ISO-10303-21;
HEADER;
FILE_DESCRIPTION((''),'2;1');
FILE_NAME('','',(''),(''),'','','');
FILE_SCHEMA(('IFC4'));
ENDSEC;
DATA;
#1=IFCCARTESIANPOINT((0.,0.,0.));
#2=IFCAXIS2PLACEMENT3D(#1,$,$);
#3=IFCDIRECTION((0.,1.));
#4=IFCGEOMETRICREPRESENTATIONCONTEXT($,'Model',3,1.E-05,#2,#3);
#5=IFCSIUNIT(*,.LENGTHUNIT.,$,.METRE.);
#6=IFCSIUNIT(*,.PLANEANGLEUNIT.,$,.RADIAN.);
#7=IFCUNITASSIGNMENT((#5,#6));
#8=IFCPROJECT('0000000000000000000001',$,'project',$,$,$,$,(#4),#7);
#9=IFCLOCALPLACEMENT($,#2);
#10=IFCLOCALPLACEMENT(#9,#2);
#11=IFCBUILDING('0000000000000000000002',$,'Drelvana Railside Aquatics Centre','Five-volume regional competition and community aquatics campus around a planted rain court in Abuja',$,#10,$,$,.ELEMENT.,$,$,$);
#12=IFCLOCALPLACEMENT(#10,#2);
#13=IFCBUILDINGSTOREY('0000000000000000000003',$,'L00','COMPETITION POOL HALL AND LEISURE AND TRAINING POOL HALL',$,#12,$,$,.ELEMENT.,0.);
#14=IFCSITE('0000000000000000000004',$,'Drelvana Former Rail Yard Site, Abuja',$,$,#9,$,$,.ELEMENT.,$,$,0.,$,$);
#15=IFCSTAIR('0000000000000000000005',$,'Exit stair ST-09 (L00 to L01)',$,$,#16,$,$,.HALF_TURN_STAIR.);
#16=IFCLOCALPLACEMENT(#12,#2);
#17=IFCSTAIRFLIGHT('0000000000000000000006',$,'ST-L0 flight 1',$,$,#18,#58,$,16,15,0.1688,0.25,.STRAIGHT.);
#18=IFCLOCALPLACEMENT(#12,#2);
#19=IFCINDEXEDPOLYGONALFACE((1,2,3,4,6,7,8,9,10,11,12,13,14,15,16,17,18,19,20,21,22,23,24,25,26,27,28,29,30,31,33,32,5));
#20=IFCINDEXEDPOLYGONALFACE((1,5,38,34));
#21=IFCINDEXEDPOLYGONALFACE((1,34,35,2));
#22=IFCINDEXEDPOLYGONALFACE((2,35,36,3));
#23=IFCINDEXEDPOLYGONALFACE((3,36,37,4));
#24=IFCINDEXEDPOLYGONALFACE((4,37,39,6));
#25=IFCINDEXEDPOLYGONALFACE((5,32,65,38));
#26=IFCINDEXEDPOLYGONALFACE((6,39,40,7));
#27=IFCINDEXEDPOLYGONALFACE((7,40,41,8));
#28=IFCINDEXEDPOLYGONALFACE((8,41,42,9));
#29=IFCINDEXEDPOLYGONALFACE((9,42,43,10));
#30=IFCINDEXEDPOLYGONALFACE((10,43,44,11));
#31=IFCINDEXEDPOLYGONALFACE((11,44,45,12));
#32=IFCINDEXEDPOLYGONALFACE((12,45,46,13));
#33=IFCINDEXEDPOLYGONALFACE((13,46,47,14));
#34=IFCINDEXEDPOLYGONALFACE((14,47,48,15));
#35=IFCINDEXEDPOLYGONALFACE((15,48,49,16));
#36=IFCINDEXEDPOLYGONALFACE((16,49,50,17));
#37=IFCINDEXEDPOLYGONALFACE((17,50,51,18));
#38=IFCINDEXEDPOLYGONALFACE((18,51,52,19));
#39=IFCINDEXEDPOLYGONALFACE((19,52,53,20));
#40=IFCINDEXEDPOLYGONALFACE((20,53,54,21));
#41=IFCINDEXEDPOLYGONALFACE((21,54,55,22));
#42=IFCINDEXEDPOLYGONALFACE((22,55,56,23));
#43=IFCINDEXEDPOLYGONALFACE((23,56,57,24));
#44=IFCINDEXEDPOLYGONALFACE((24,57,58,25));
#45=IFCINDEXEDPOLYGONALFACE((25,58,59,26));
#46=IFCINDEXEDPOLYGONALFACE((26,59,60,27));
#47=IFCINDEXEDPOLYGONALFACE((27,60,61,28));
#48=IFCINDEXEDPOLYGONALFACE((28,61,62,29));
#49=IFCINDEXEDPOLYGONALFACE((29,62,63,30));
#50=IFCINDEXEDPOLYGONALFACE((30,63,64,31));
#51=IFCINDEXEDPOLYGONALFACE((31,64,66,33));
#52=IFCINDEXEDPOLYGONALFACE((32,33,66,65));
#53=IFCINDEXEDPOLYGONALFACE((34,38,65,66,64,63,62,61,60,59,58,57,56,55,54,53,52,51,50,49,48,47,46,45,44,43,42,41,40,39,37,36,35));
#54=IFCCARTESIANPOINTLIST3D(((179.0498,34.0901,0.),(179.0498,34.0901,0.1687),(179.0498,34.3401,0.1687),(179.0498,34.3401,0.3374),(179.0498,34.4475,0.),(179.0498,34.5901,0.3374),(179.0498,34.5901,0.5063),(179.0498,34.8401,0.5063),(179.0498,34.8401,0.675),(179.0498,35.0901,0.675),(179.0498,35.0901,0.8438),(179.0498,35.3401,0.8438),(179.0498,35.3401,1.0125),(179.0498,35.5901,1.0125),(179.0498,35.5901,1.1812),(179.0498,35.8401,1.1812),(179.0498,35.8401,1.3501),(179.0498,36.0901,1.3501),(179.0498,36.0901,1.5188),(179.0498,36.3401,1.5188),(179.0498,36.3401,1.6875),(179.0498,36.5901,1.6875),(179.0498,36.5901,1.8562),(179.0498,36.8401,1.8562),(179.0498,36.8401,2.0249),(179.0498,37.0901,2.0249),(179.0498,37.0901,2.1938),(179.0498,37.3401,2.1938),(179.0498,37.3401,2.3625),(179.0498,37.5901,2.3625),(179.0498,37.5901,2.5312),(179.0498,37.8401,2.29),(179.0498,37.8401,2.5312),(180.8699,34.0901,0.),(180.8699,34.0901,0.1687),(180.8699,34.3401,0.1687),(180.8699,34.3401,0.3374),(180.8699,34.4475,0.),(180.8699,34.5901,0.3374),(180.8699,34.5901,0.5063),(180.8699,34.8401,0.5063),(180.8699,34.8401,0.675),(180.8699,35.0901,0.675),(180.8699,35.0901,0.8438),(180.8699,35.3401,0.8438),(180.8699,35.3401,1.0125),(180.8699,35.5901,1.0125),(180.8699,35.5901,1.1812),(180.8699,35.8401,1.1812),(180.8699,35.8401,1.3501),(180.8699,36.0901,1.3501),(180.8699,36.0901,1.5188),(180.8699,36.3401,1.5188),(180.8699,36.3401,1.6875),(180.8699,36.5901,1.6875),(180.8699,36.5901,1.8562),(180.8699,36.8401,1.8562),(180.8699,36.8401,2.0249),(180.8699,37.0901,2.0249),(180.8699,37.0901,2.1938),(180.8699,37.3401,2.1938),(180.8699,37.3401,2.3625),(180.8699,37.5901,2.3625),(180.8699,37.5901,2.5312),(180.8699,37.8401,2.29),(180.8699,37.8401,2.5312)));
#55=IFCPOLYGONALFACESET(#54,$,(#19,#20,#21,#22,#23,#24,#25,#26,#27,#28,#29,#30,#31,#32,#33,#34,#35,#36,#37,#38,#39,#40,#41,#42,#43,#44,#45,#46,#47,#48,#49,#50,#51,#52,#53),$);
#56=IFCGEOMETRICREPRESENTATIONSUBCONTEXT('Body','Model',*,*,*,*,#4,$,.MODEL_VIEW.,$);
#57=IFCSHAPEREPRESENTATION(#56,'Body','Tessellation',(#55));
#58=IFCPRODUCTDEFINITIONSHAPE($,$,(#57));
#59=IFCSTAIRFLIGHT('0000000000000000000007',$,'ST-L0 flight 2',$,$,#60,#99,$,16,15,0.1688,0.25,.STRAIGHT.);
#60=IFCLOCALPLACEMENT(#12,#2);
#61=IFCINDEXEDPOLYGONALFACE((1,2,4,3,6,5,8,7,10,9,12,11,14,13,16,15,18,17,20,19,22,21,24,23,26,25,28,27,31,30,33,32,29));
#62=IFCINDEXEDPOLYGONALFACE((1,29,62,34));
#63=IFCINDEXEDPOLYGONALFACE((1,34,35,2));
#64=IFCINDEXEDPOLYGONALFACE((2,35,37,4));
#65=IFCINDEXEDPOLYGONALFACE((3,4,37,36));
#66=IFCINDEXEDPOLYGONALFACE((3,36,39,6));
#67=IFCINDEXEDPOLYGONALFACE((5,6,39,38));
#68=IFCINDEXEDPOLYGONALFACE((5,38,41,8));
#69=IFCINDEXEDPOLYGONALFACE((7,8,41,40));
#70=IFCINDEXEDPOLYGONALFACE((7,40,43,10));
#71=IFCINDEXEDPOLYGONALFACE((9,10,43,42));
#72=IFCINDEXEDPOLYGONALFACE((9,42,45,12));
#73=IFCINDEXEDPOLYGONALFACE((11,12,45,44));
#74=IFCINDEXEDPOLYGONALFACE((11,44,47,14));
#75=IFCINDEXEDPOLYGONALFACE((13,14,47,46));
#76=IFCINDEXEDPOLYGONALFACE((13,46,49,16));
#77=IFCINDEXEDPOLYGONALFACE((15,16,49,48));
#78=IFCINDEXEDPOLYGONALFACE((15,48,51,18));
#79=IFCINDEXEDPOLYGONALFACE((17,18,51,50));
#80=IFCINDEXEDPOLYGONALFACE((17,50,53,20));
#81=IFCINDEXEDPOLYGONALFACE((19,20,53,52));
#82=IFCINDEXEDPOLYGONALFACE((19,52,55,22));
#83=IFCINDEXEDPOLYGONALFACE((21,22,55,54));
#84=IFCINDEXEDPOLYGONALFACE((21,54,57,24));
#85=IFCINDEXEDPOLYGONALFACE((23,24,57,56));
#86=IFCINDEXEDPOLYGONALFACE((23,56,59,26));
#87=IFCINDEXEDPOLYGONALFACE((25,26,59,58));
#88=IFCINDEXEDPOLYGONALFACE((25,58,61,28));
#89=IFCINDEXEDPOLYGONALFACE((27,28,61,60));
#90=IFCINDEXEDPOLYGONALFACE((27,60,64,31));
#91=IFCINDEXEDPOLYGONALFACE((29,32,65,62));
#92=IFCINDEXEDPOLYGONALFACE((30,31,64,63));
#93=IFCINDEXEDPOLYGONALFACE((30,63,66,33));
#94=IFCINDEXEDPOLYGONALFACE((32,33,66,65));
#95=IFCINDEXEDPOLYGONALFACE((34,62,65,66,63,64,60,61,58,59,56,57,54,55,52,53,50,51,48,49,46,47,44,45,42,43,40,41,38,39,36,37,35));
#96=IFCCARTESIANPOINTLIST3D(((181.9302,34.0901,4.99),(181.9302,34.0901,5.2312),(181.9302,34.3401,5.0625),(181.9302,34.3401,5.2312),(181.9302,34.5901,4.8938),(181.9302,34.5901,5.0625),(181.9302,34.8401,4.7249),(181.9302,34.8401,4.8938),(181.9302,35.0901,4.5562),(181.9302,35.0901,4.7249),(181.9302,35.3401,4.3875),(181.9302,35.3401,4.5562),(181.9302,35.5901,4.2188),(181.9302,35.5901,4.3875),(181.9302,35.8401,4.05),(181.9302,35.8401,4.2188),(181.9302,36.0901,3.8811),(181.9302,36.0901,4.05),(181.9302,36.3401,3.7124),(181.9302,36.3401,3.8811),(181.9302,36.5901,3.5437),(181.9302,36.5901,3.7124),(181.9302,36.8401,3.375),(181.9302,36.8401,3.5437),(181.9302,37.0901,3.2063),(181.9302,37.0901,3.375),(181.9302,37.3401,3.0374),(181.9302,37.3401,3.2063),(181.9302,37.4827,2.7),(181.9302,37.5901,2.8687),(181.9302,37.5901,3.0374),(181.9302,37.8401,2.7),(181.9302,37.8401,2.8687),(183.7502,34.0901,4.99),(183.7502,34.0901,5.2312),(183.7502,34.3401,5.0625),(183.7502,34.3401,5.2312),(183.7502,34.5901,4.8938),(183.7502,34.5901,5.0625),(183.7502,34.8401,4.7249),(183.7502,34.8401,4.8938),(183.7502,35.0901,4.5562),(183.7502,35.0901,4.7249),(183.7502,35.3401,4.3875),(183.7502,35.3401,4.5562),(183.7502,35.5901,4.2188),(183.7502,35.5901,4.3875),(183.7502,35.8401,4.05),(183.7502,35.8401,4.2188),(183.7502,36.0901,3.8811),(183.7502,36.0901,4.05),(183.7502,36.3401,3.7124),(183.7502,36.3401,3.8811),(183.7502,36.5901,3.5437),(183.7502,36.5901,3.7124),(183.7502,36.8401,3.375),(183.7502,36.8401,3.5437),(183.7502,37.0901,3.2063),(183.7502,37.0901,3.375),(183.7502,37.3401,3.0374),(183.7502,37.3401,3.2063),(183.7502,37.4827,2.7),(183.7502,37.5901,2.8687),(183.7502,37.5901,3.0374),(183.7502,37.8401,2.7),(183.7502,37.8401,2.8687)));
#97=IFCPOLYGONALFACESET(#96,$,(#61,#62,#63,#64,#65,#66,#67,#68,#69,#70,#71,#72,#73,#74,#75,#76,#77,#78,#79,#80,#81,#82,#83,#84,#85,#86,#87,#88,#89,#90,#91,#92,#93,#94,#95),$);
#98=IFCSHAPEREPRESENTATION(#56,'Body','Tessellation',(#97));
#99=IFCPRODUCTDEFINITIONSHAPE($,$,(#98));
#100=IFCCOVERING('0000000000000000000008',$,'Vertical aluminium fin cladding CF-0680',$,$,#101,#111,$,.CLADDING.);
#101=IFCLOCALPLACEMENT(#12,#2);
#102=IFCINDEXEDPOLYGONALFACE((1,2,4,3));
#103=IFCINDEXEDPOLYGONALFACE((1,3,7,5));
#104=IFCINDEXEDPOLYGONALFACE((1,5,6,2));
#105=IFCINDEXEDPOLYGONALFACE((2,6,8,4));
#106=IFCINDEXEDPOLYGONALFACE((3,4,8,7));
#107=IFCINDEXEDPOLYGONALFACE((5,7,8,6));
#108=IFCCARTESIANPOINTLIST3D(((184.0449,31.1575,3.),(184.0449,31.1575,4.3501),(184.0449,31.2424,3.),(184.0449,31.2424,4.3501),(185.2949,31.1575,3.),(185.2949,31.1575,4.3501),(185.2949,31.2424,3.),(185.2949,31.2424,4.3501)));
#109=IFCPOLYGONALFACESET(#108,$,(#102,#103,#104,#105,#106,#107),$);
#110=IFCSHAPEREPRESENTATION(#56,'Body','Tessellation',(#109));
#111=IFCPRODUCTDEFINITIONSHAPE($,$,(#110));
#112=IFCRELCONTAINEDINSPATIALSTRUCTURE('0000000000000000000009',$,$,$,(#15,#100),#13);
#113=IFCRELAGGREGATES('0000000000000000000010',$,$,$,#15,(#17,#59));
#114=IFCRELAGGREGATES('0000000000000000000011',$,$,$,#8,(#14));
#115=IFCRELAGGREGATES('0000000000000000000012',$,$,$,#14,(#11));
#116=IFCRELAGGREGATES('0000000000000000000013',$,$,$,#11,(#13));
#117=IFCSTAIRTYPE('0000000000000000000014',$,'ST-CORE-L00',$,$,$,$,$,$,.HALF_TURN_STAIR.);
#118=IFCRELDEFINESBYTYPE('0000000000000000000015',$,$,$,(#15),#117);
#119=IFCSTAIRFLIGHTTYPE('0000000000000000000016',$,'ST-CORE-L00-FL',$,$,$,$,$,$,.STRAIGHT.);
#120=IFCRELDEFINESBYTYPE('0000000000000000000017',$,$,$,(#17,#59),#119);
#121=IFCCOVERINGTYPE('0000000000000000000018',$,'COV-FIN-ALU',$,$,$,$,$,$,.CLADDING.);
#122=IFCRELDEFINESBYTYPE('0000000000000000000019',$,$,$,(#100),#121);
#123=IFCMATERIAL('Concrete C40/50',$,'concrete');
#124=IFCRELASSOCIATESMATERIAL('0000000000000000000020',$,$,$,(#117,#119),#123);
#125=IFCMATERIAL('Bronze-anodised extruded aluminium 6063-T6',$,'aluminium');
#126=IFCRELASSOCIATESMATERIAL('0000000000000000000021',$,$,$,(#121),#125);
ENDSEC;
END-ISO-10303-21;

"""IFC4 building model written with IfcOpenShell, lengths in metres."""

from ifc_helpers import new_model, si_unit, direction, frame, origin, origin_2d, place, context, subcontext, project, spatial, polyline, rectangle, outline, extrude, material, type_object, element, aggregate, save


model = new_model("IFC4")

# Units and contexts
model_context = context("Model", 3, precision=1e-05, world=origin(), true_north=direction((0.0, 1.0)))
body_context = subcontext(model_context, "Body", "Model", "MODEL_VIEW")
ifc_project = project(units=[si_unit("LENGTHUNIT", "METRE"), si_unit("PLANEANGLEUNIT", "RADIAN")], contexts=[model_context])

# Site, building, storey
site_placement = place(None, origin())
site = spatial("IfcSite", under=ifc_project, at=site_placement, Name="Drelvana Former Rail Yard Site, Abuja", CompositionType="ELEMENT", RefElevation=0.0)
building_placement = place(site_placement, origin())
building = spatial("IfcBuilding", under=site, at=building_placement, Name="Drelvana Railside Aquatics Centre", Description="Five-volume regional competition and community aquatics campus around a planted rain court in Abuja", CompositionType="ELEMENT")
storey_placement = place(building_placement, origin())
storey = spatial("IfcBuildingStorey", under=building, at=storey_placement, Name="L00", Description="COMPETITION POOL HALL AND LEISURE AND TRAINING POOL HALL", CompositionType="ELEMENT", Elevation=0.0)

# Shared definitions
ifc_material_1 = material(Name="Concrete C40/50", Category="concrete")

# Stair, stair flights
stair_type = type_object("IfcStairType", Name="ST-CORE-L00", PredefinedType="HALF_TURN_STAIR", material=ifc_material_1)
stair_placement = place(storey_placement, origin())
stair = element("IfcStair", 1, at=stair_placement, inside=storey, type_object=stair_type, Name="Exit stair ST-09 (L00 to L01)", PredefinedType="HALF_TURN_STAIR")
stair_flight_type = type_object("IfcStairFlightType", Name="ST-CORE-L00-FL", PredefinedType="STRAIGHT", material=ifc_material_1)
stair_flight_1_placement = place(storey_placement, frame((179.96, 34.0901, 0.0), z_axis=(0.0, 0.0, 1.0), x_axis=(0.0, 1.0, 0.0)))
stair_flight_1 = element("IfcStairFlight", 2, at=stair_flight_1_placement, type_object=stair_flight_type, Name="ST-L0 flight 1", NumberOfRisers=16, NumberOfTreads=15, PredefinedType="STRAIGHT", RiserHeight=0.1688, TreadLength=0.25, context=body_context, shape_type="SweptSolid", body=[
    extrude(outline(polyline([(0.0, 0.0), (0.0, 0.1687), (0.25, 0.1687), (0.25, 0.3374), (0.5, 0.3374), (0.5, 0.5063), (0.75, 0.5063), (0.75, 0.675), (1.0, 0.675), (1.0, 0.8438), (1.25, 0.8438), (1.25, 1.0125), (1.5, 1.0125), (1.5, 1.1812), (1.75, 1.1812), (1.75, 1.3501), (2.0, 1.3501), (2.0, 1.5188), (2.25, 1.5188), (2.25, 1.6875), (2.5, 1.6875), (2.5, 1.8562), (2.75, 1.8562), (2.75, 2.0249), (3.0, 2.0249), (3.0, 2.1938), (3.25, 2.1938), (3.25, 2.3625), (3.5, 2.3625), (3.5, 2.5312), (3.75, 2.5312), (3.75, 2.7), (3.75, 2.29), (0.3574, 0.0), (0.0, 0.0)])), frame((0.0, 0.9102, 0.0), z_axis=(0.0, -1.0, 0.0), x_axis=(1.0, 0.0, 0.0)), (0.0, 0.0, 1.0), 1.8201),
])
stair_flight_2_placement = place(storey_placement, frame((182.8401, 37.8401, 2.7), z_axis=(0.0, 0.0, 1.0), x_axis=(0.0, -1.0, 0.0)))
stair_flight_2 = element("IfcStairFlight", 3, at=stair_flight_2_placement, type_object=stair_flight_type, Name="ST-L0 flight 2", NumberOfRisers=16, NumberOfTreads=15, PredefinedType="STRAIGHT", RiserHeight=0.1688, TreadLength=0.25, context=body_context, shape_type="SweptSolid", body=[
    extrude(outline(polyline([(0.0, 0.0), (0.0, 0.1687), (0.25, 0.1687), (0.25, 0.3374), (0.5, 0.3374), (0.5, 0.5063), (0.75, 0.5063), (0.75, 0.675), (1.0, 0.675), (1.0, 0.8438), (1.25, 0.8438), (1.25, 1.0125), (1.5, 1.0125), (1.5, 1.1812), (1.75, 1.1812), (1.75, 1.3501), (2.0, 1.3501), (2.0, 1.5188), (2.25, 1.5188), (2.25, 1.6875), (2.5, 1.6875), (2.5, 1.8562), (2.75, 1.8562), (2.75, 2.0249), (3.0, 2.0249), (3.0, 2.1938), (3.25, 2.1938), (3.25, 2.3625), (3.5, 2.3625), (3.5, 2.5312), (3.75, 2.5312), (3.75, 2.7), (3.75, 2.29), (0.3574, 0.0), (0.0, 0.0)])), frame((0.0, 0.9102, 0.0), z_axis=(0.0, -1.0, 0.0), x_axis=(1.0, 0.0, 0.0)), (0.0, 0.0, 1.0), 1.8201),
])
aggregate(stair, [stair_flight_1, stair_flight_2])

# Covering
ifc_material_2 = material(Name="Bronze-anodised extruded aluminium 6063-T6", Category="aluminium")
covering_type = type_object("IfcCoveringType", Name="COV-FIN-ALU", PredefinedType="CLADDING", material=ifc_material_2)
covering_placement = place(storey_placement, frame((184.6699, 31.2, 3.0), z_axis=(0.0, 0.0, 1.0), x_axis=(0.0, -1.0, 0.0)))
element("IfcCovering", 4, at=covering_placement, inside=storey, type_object=covering_type, Name="Vertical aluminium fin cladding CF-0680", PredefinedType="CLADDING", context=body_context, shape_type="SweptSolid", body=[
    extrude(rectangle(XDim=0.085, YDim=1.25, at=origin_2d()), origin(), (0.0, 0.0, 1.0), 1.3501),
])

save(model, "model.ifc")
